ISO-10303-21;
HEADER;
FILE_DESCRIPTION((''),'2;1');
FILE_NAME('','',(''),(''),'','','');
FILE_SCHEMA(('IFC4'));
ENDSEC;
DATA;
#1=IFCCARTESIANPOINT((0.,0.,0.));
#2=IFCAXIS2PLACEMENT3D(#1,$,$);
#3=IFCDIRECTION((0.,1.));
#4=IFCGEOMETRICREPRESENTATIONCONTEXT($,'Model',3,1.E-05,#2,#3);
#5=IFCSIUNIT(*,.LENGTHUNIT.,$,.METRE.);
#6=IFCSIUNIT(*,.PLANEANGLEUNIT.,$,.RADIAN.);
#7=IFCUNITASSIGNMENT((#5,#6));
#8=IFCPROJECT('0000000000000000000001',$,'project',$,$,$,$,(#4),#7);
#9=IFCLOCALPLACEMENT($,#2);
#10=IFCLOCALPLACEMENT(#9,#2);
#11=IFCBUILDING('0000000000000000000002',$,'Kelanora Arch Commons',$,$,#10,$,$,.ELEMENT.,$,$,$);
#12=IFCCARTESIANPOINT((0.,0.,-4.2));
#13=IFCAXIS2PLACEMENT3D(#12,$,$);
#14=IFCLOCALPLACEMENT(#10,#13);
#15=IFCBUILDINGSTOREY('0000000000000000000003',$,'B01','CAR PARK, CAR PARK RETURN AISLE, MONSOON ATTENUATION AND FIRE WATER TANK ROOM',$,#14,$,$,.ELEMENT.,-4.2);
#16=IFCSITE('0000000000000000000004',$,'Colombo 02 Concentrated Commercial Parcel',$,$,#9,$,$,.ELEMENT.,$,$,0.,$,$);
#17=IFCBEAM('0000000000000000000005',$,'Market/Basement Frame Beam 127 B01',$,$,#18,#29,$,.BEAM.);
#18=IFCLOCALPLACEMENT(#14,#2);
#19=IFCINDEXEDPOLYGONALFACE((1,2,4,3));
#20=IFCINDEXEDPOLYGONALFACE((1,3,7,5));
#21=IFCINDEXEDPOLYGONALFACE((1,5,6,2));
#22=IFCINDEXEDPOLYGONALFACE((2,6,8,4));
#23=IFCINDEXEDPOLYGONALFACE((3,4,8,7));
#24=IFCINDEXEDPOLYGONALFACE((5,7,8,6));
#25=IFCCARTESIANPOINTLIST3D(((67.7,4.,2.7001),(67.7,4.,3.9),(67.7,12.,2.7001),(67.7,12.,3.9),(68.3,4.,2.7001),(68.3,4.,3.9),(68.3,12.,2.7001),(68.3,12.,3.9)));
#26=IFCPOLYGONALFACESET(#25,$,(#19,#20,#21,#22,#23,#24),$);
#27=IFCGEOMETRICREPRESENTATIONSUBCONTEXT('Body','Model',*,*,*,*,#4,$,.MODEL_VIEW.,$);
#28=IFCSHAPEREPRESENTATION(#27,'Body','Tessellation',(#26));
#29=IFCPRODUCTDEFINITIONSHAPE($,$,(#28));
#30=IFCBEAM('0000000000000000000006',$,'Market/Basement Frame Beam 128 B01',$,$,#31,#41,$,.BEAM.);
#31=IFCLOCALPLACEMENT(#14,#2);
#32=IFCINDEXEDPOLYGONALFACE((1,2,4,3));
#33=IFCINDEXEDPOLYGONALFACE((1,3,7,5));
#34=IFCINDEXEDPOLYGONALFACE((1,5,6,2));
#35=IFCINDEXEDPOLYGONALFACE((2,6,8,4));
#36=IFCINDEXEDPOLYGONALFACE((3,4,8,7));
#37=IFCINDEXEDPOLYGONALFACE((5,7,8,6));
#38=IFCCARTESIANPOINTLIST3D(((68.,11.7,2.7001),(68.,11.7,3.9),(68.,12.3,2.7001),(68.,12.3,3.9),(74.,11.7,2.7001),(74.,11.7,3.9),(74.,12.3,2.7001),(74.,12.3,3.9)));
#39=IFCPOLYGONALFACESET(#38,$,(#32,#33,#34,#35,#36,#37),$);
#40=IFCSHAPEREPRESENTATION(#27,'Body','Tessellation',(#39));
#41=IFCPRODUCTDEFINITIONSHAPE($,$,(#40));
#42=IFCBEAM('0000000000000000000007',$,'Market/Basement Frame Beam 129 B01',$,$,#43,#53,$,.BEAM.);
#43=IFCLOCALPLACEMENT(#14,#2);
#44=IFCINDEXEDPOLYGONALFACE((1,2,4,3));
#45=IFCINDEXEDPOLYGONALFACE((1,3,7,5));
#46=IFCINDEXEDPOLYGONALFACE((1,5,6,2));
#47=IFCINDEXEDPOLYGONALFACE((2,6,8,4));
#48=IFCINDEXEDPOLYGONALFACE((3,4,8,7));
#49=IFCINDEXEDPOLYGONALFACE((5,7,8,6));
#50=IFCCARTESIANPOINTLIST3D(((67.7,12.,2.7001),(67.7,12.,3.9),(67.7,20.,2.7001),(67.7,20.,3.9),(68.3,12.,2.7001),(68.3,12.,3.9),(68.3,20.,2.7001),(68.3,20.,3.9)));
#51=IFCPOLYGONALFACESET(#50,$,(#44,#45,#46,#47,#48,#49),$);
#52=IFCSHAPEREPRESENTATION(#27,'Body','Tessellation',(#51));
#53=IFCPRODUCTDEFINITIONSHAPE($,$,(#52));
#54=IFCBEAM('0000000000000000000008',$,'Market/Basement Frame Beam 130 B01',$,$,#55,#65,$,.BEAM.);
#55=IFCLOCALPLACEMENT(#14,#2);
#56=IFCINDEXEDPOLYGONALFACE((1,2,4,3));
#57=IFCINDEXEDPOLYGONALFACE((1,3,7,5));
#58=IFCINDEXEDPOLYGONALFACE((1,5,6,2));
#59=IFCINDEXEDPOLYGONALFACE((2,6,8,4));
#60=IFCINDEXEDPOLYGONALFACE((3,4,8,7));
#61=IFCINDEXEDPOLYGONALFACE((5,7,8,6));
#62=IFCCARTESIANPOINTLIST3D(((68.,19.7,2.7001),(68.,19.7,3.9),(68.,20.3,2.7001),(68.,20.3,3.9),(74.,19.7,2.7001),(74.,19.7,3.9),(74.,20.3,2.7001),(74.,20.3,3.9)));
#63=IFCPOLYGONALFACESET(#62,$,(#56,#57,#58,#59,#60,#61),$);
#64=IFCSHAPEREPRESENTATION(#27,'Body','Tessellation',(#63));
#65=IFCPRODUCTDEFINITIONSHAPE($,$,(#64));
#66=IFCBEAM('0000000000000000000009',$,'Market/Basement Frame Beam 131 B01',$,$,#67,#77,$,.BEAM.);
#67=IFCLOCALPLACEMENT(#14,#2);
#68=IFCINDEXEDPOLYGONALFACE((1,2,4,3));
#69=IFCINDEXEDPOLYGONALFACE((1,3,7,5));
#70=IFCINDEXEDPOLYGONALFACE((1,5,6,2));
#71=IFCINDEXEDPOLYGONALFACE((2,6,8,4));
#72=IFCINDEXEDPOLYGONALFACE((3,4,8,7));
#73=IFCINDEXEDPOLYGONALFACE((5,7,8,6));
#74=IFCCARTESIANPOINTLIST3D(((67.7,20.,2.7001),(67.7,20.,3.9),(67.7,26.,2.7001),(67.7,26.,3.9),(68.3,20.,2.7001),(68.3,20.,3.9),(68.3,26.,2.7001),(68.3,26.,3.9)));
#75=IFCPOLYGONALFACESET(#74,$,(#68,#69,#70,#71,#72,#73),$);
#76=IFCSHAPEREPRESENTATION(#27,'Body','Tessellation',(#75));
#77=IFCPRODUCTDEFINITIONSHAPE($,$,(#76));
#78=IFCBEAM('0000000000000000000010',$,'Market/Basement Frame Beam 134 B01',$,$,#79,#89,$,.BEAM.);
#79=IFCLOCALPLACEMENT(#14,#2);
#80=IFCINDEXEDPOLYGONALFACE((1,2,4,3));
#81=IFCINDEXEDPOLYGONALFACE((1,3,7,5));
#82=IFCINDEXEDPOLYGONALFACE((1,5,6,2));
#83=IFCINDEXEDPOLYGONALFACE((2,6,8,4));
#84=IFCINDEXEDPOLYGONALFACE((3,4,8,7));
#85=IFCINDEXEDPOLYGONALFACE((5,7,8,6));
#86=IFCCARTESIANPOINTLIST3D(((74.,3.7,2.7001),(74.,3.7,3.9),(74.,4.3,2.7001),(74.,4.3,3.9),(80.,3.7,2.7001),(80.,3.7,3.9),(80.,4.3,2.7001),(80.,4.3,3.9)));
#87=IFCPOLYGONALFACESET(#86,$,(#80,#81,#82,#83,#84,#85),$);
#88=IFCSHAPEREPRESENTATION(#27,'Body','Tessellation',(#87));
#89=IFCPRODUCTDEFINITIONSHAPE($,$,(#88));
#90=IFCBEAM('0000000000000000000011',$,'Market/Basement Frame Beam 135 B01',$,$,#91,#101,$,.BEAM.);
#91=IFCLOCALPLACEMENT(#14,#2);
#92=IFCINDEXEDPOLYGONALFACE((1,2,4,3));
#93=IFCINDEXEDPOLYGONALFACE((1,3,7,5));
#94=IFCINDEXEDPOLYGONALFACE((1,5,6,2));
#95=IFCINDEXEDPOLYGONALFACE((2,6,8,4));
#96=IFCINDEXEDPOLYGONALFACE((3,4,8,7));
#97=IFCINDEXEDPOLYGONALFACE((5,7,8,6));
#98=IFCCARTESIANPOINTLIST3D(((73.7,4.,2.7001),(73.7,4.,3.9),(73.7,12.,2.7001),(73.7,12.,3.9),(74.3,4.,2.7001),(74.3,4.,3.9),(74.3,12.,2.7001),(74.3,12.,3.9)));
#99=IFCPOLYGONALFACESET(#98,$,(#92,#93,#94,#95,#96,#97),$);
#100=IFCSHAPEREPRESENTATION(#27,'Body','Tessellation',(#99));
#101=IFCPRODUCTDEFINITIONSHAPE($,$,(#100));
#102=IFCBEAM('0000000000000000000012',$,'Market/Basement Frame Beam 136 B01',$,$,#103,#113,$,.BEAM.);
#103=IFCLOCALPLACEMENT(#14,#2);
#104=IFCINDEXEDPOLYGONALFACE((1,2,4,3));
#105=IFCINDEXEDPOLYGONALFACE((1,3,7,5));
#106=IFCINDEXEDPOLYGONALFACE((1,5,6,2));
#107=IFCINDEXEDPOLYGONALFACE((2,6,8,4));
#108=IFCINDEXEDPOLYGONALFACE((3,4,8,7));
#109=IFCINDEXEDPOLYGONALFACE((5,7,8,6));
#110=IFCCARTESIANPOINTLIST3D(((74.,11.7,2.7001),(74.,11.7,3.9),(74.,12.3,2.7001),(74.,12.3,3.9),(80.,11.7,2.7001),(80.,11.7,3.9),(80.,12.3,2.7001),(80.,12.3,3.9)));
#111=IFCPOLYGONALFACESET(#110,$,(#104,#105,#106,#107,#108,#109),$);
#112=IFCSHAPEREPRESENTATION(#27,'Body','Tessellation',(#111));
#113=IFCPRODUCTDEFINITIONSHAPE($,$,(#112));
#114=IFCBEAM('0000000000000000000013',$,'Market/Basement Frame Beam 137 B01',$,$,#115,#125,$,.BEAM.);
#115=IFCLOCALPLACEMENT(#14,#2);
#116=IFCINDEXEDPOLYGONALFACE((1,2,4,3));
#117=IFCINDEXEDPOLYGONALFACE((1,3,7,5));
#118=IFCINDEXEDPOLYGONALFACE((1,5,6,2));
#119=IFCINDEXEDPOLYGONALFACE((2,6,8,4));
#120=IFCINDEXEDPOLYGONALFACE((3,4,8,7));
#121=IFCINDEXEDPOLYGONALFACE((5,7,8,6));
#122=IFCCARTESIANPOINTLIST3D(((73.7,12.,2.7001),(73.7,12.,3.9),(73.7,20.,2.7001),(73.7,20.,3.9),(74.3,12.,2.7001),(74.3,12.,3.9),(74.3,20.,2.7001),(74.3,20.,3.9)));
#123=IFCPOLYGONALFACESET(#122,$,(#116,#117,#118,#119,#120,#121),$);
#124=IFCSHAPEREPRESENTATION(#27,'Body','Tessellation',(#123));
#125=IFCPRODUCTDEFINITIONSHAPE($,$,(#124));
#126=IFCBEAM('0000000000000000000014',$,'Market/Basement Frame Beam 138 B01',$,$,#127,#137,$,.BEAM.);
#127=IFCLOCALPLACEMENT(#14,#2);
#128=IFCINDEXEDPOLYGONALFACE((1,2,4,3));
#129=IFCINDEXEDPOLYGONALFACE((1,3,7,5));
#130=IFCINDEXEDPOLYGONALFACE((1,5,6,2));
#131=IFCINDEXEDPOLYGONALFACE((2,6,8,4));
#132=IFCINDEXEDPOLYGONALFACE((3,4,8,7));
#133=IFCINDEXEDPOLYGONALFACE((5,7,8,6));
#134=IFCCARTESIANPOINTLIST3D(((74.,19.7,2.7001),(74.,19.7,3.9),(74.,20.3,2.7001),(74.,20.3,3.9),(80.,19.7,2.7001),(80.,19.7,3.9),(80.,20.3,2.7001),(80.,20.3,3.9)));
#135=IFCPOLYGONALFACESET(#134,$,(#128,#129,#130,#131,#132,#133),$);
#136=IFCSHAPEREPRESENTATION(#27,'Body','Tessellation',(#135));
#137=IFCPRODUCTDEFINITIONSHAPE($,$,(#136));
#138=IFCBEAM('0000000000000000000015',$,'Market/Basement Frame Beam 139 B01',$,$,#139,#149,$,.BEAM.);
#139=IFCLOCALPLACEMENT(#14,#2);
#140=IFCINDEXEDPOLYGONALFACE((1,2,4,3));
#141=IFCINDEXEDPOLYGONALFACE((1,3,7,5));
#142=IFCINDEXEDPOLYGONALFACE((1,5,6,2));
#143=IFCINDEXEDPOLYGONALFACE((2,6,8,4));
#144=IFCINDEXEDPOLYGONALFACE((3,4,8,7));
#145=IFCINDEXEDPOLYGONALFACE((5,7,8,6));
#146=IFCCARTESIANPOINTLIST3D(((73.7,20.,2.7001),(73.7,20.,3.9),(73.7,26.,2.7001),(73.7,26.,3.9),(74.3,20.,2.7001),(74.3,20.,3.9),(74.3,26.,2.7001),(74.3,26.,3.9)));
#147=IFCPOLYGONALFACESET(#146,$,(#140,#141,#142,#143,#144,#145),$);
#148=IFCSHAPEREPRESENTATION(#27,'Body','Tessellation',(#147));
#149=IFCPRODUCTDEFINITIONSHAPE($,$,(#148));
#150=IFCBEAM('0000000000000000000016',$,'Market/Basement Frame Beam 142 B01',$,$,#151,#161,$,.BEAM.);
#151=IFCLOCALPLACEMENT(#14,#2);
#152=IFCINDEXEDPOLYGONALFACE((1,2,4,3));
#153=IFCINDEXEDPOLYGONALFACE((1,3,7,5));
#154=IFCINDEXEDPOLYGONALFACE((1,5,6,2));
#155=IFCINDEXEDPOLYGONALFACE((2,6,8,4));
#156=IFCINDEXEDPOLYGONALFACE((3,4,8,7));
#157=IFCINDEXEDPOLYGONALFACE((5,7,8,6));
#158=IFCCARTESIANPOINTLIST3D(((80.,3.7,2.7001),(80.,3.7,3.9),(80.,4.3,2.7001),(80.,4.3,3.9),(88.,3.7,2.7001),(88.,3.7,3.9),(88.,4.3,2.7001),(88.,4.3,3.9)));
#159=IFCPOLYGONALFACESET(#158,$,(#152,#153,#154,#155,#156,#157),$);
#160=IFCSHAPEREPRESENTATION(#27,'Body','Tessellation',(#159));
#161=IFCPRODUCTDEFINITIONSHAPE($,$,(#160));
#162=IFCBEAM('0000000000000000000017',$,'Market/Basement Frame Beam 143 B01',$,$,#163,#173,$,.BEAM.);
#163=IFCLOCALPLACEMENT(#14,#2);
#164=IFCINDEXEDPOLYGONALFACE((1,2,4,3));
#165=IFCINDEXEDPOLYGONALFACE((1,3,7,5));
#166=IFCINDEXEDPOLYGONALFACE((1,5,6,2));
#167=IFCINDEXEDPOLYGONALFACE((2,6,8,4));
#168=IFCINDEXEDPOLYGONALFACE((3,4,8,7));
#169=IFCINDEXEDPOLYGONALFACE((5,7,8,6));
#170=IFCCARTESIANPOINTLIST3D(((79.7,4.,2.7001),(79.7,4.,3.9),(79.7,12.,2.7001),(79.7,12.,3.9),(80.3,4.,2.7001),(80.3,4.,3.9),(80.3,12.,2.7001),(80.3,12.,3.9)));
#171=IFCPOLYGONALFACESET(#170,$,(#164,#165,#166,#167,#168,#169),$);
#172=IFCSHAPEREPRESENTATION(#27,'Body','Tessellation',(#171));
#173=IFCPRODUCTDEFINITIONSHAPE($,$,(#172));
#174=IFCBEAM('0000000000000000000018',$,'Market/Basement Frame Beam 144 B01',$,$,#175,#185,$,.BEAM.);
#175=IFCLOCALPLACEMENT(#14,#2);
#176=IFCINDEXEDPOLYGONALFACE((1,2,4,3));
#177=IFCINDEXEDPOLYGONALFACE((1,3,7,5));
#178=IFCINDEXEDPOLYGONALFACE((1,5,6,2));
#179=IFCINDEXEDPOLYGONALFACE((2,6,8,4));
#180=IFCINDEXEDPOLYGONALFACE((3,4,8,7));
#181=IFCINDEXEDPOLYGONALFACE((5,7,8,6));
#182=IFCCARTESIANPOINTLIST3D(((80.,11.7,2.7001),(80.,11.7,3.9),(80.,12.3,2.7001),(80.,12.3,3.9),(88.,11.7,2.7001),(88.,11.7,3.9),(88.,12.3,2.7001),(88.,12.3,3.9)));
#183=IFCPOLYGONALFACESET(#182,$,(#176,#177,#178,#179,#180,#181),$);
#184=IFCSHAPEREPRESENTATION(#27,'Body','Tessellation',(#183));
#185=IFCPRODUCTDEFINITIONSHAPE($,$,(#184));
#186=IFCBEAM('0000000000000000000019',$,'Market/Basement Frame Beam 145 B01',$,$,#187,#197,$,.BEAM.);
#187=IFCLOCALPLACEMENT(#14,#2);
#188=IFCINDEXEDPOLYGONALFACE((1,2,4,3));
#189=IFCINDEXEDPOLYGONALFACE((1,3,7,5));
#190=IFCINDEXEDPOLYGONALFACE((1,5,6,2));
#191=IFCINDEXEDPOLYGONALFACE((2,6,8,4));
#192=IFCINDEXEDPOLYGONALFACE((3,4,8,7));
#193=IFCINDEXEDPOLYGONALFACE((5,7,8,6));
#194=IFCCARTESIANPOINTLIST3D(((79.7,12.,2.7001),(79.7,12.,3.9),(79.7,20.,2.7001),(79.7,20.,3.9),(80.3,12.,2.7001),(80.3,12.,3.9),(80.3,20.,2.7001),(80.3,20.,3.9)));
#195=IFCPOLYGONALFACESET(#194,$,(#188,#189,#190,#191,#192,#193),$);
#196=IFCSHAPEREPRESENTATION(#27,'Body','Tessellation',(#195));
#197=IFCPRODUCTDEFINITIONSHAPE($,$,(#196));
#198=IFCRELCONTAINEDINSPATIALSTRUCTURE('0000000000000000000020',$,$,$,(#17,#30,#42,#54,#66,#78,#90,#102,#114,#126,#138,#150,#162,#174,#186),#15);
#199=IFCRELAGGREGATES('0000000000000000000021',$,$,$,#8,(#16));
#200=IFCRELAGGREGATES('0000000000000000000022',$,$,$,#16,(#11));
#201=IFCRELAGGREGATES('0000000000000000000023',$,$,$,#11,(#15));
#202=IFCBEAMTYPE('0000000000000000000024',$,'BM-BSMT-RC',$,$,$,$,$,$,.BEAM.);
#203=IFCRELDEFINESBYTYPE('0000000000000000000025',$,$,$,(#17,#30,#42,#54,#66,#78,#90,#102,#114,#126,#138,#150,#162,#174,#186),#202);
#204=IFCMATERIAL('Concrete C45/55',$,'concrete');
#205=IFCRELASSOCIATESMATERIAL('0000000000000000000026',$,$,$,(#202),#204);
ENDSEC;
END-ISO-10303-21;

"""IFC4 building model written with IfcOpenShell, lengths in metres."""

from ifc_helpers import new_model, si_unit, direction, frame, origin, origin_2d, place, context, subcontext, project, spatial, rectangle, extrude, material, material_profile, profile_set, type_object, element, save


model = new_model("IFC4")

# Units and contexts
model_context = context("Model", 3, precision=1e-05, world=origin(), true_north=direction((0.0, 1.0)))
body_context = subcontext(model_context, "Body", "Model", "MODEL_VIEW")
ifc_project = project(units=[si_unit("LENGTHUNIT", "METRE"), si_unit("PLANEANGLEUNIT", "RADIAN")], contexts=[model_context])

# Site, building, storey
site_placement = place(None, origin())
site = spatial("IfcSite", under=ifc_project, at=site_placement, Name="Colombo 02 Concentrated Commercial Parcel", CompositionType="ELEMENT", RefElevation=0.0)
building_placement = place(site_placement, origin())
building = spatial("IfcBuilding", under=site, at=building_placement, Name="Kelanora Arch Commons", CompositionType="ELEMENT")
storey_placement = place(building_placement, frame((0.0, 0.0, -4.2)))
storey = spatial("IfcBuildingStorey", under=building, at=storey_placement, Name="B01", Description="CAR PARK, CAR PARK RETURN AISLE, MONSOON ATTENUATION AND FIRE WATER TANK ROOM", CompositionType="ELEMENT", Elevation=-4.2)

# Beams
ifc_material_1 = material(Name="Concrete C45/55", Category="concrete")
ifc_material_profile_1 = material_profile(ifc_material_1, rectangle(XDim=0.6001, YDim=1.2, at=origin_2d()), Name="RCB600x1200")
ifc_profile_set_1 = profile_set([ifc_material_profile_1], Name="Concrete C45/55")
beam_type = type_object("IfcBeamType", Name="BM-BSMT-RC", PredefinedType="BEAM", material=ifc_profile_set_1)
beam_1_placement = place(storey_placement, frame((68.0, 4.0, 3.3), z_axis=(0.0, 1.0, 0.0), x_axis=(-1.0, 0.0, 0.0)))
element("IfcBeam", 1, at=beam_1_placement, inside=storey, type_object=beam_type, Name="Market/Basement Frame Beam 127 B01", PredefinedType="BEAM", context=body_context, shape_type="SweptSolid", body=[
    extrude(rectangle(XDim=0.6001, YDim=1.2, at=origin_2d()), origin(), (0.0, 0.0, 1.0), 8.0),
])
beam_2_placement = place(storey_placement, frame((68.0, 12.0, 3.3), z_axis=(1.0, 0.0, 0.0), x_axis=(0.0, 1.0, 0.0)))
element("IfcBeam", 2, at=beam_2_placement, inside=storey, type_object=beam_type, Name="Market/Basement Frame Beam 128 B01", PredefinedType="BEAM", context=body_context, shape_type="SweptSolid", body=[
    extrude(rectangle(XDim=0.6001, YDim=1.2, at=origin_2d()), origin(), (0.0, 0.0, 1.0), 6.0),
])
beam_3_placement = place(storey_placement, frame((68.0, 12.0, 3.3), z_axis=(0.0, 1.0, 0.0), x_axis=(-1.0, 0.0, 0.0)))
element("IfcBeam", 3, at=beam_3_placement, inside=storey, type_object=beam_type, Name="Market/Basement Frame Beam 129 B01", PredefinedType="BEAM", context=body_context, shape_type="SweptSolid", body=[
    extrude(rectangle(XDim=0.6001, YDim=1.2, at=origin_2d()), origin(), (0.0, 0.0, 1.0), 8.0),
])
for number, where, z_axis, x_axis, name in (
    (4, (68.0, 20.0, 3.3), (1.0, 0.0, 0.0), (0.0, 1.0, 0.0), "Market/Basement Frame Beam 130 B01"),
    (5, (68.0, 20.0, 3.3), (0.0, 1.0, 0.0), (-1.0, 0.0, 0.0), "Market/Basement Frame Beam 131 B01"),
    (6, (74.0, 4.0, 3.3), (1.0, 0.0, 0.0), (0.0, 1.0, 0.0), "Market/Basement Frame Beam 134 B01"),
):
    element("IfcBeam", number, at=place(storey_placement, frame(where, z_axis=z_axis, x_axis=x_axis)), inside=storey, type_object=beam_type, Name=name, PredefinedType="BEAM", context=body_context, shape_type="SweptSolid", body=[
        extrude(rectangle(XDim=0.6001, YDim=1.2, at=origin_2d()), origin(), (0.0, 0.0, 1.0), 6.0),
    ])
beam_4_placement = place(storey_placement, frame((74.0, 4.0, 3.3), z_axis=(0.0, 1.0, 0.0), x_axis=(-1.0, 0.0, 0.0)))
element("IfcBeam", 7, at=beam_4_placement, inside=storey, type_object=beam_type, Name="Market/Basement Frame Beam 135 B01", PredefinedType="BEAM", context=body_context, shape_type="SweptSolid", body=[
    extrude(rectangle(XDim=0.6001, YDim=1.2, at=origin_2d()), origin(), (0.0, 0.0, 1.0), 8.0),
])
beam_5_placement = place(storey_placement, frame((74.0, 12.0, 3.3), z_axis=(1.0, 0.0, 0.0), x_axis=(0.0, 1.0, 0.0)))
element("IfcBeam", 8, at=beam_5_placement, inside=storey, type_object=beam_type, Name="Market/Basement Frame Beam 136 B01", PredefinedType="BEAM", context=body_context, shape_type="SweptSolid", body=[
    extrude(rectangle(XDim=0.6001, YDim=1.2, at=origin_2d()), origin(), (0.0, 0.0, 1.0), 6.0),
])
beam_6_placement = place(storey_placement, frame((74.0, 12.0, 3.3), z_axis=(0.0, 1.0, 0.0), x_axis=(-1.0, 0.0, 0.0)))
element("IfcBeam", 9, at=beam_6_placement, inside=storey, type_object=beam_type, Name="Market/Basement Frame Beam 137 B01", PredefinedType="BEAM", context=body_context, shape_type="SweptSolid", body=[
    extrude(rectangle(XDim=0.6001, YDim=1.2, at=origin_2d()), origin(), (0.0, 0.0, 1.0), 8.0),
])
for number, where, z_axis, x_axis, name in (
    (10, (74.0, 20.0, 3.3), (1.0, 0.0, 0.0), (0.0, 1.0, 0.0), "Market/Basement Frame Beam 138 B01"),
    (11, (74.0, 20.0, 3.3), (0.0, 1.0, 0.0), (-1.0, 0.0, 0.0), "Market/Basement Frame Beam 139 B01"),
):
    element("IfcBeam", number, at=place(storey_placement, frame(where, z_axis=z_axis, x_axis=x_axis)), inside=storey, type_object=beam_type, Name=name, PredefinedType="BEAM", context=body_context, shape_type="SweptSolid", body=[
        extrude(rectangle(XDim=0.6001, YDim=1.2, at=origin_2d()), origin(), (0.0, 0.0, 1.0), 6.0),
    ])
for number, where, z_axis, x_axis, name in (
    (12, (80.0, 4.0, 3.3), (1.0, 0.0, 0.0), (0.0, 1.0, 0.0), "Market/Basement Frame Beam 142 B01"),
    (13, (80.0, 4.0, 3.3), (0.0, 1.0, 0.0), (-1.0, 0.0, 0.0), "Market/Basement Frame Beam 143 B01"),
    (14, (80.0, 12.0, 3.3), (1.0, 0.0, 0.0), (0.0, 1.0, 0.0), "Market/Basement Frame Beam 144 B01"),
    (15, (80.0, 12.0, 3.3), (0.0, 1.0, 0.0), (-1.0, 0.0, 0.0), "Market/Basement Frame Beam 145 B01"),
):
    element("IfcBeam", number, at=place(storey_placement, frame(where, z_axis=z_axis, x_axis=x_axis)), inside=storey, type_object=beam_type, Name=name, PredefinedType="BEAM", context=body_context, shape_type="SweptSolid", body=[
        extrude(rectangle(XDim=0.6001, YDim=1.2, at=origin_2d()), origin(), (0.0, 0.0, 1.0), 8.0),
    ])

save(model, "model.ifc")
